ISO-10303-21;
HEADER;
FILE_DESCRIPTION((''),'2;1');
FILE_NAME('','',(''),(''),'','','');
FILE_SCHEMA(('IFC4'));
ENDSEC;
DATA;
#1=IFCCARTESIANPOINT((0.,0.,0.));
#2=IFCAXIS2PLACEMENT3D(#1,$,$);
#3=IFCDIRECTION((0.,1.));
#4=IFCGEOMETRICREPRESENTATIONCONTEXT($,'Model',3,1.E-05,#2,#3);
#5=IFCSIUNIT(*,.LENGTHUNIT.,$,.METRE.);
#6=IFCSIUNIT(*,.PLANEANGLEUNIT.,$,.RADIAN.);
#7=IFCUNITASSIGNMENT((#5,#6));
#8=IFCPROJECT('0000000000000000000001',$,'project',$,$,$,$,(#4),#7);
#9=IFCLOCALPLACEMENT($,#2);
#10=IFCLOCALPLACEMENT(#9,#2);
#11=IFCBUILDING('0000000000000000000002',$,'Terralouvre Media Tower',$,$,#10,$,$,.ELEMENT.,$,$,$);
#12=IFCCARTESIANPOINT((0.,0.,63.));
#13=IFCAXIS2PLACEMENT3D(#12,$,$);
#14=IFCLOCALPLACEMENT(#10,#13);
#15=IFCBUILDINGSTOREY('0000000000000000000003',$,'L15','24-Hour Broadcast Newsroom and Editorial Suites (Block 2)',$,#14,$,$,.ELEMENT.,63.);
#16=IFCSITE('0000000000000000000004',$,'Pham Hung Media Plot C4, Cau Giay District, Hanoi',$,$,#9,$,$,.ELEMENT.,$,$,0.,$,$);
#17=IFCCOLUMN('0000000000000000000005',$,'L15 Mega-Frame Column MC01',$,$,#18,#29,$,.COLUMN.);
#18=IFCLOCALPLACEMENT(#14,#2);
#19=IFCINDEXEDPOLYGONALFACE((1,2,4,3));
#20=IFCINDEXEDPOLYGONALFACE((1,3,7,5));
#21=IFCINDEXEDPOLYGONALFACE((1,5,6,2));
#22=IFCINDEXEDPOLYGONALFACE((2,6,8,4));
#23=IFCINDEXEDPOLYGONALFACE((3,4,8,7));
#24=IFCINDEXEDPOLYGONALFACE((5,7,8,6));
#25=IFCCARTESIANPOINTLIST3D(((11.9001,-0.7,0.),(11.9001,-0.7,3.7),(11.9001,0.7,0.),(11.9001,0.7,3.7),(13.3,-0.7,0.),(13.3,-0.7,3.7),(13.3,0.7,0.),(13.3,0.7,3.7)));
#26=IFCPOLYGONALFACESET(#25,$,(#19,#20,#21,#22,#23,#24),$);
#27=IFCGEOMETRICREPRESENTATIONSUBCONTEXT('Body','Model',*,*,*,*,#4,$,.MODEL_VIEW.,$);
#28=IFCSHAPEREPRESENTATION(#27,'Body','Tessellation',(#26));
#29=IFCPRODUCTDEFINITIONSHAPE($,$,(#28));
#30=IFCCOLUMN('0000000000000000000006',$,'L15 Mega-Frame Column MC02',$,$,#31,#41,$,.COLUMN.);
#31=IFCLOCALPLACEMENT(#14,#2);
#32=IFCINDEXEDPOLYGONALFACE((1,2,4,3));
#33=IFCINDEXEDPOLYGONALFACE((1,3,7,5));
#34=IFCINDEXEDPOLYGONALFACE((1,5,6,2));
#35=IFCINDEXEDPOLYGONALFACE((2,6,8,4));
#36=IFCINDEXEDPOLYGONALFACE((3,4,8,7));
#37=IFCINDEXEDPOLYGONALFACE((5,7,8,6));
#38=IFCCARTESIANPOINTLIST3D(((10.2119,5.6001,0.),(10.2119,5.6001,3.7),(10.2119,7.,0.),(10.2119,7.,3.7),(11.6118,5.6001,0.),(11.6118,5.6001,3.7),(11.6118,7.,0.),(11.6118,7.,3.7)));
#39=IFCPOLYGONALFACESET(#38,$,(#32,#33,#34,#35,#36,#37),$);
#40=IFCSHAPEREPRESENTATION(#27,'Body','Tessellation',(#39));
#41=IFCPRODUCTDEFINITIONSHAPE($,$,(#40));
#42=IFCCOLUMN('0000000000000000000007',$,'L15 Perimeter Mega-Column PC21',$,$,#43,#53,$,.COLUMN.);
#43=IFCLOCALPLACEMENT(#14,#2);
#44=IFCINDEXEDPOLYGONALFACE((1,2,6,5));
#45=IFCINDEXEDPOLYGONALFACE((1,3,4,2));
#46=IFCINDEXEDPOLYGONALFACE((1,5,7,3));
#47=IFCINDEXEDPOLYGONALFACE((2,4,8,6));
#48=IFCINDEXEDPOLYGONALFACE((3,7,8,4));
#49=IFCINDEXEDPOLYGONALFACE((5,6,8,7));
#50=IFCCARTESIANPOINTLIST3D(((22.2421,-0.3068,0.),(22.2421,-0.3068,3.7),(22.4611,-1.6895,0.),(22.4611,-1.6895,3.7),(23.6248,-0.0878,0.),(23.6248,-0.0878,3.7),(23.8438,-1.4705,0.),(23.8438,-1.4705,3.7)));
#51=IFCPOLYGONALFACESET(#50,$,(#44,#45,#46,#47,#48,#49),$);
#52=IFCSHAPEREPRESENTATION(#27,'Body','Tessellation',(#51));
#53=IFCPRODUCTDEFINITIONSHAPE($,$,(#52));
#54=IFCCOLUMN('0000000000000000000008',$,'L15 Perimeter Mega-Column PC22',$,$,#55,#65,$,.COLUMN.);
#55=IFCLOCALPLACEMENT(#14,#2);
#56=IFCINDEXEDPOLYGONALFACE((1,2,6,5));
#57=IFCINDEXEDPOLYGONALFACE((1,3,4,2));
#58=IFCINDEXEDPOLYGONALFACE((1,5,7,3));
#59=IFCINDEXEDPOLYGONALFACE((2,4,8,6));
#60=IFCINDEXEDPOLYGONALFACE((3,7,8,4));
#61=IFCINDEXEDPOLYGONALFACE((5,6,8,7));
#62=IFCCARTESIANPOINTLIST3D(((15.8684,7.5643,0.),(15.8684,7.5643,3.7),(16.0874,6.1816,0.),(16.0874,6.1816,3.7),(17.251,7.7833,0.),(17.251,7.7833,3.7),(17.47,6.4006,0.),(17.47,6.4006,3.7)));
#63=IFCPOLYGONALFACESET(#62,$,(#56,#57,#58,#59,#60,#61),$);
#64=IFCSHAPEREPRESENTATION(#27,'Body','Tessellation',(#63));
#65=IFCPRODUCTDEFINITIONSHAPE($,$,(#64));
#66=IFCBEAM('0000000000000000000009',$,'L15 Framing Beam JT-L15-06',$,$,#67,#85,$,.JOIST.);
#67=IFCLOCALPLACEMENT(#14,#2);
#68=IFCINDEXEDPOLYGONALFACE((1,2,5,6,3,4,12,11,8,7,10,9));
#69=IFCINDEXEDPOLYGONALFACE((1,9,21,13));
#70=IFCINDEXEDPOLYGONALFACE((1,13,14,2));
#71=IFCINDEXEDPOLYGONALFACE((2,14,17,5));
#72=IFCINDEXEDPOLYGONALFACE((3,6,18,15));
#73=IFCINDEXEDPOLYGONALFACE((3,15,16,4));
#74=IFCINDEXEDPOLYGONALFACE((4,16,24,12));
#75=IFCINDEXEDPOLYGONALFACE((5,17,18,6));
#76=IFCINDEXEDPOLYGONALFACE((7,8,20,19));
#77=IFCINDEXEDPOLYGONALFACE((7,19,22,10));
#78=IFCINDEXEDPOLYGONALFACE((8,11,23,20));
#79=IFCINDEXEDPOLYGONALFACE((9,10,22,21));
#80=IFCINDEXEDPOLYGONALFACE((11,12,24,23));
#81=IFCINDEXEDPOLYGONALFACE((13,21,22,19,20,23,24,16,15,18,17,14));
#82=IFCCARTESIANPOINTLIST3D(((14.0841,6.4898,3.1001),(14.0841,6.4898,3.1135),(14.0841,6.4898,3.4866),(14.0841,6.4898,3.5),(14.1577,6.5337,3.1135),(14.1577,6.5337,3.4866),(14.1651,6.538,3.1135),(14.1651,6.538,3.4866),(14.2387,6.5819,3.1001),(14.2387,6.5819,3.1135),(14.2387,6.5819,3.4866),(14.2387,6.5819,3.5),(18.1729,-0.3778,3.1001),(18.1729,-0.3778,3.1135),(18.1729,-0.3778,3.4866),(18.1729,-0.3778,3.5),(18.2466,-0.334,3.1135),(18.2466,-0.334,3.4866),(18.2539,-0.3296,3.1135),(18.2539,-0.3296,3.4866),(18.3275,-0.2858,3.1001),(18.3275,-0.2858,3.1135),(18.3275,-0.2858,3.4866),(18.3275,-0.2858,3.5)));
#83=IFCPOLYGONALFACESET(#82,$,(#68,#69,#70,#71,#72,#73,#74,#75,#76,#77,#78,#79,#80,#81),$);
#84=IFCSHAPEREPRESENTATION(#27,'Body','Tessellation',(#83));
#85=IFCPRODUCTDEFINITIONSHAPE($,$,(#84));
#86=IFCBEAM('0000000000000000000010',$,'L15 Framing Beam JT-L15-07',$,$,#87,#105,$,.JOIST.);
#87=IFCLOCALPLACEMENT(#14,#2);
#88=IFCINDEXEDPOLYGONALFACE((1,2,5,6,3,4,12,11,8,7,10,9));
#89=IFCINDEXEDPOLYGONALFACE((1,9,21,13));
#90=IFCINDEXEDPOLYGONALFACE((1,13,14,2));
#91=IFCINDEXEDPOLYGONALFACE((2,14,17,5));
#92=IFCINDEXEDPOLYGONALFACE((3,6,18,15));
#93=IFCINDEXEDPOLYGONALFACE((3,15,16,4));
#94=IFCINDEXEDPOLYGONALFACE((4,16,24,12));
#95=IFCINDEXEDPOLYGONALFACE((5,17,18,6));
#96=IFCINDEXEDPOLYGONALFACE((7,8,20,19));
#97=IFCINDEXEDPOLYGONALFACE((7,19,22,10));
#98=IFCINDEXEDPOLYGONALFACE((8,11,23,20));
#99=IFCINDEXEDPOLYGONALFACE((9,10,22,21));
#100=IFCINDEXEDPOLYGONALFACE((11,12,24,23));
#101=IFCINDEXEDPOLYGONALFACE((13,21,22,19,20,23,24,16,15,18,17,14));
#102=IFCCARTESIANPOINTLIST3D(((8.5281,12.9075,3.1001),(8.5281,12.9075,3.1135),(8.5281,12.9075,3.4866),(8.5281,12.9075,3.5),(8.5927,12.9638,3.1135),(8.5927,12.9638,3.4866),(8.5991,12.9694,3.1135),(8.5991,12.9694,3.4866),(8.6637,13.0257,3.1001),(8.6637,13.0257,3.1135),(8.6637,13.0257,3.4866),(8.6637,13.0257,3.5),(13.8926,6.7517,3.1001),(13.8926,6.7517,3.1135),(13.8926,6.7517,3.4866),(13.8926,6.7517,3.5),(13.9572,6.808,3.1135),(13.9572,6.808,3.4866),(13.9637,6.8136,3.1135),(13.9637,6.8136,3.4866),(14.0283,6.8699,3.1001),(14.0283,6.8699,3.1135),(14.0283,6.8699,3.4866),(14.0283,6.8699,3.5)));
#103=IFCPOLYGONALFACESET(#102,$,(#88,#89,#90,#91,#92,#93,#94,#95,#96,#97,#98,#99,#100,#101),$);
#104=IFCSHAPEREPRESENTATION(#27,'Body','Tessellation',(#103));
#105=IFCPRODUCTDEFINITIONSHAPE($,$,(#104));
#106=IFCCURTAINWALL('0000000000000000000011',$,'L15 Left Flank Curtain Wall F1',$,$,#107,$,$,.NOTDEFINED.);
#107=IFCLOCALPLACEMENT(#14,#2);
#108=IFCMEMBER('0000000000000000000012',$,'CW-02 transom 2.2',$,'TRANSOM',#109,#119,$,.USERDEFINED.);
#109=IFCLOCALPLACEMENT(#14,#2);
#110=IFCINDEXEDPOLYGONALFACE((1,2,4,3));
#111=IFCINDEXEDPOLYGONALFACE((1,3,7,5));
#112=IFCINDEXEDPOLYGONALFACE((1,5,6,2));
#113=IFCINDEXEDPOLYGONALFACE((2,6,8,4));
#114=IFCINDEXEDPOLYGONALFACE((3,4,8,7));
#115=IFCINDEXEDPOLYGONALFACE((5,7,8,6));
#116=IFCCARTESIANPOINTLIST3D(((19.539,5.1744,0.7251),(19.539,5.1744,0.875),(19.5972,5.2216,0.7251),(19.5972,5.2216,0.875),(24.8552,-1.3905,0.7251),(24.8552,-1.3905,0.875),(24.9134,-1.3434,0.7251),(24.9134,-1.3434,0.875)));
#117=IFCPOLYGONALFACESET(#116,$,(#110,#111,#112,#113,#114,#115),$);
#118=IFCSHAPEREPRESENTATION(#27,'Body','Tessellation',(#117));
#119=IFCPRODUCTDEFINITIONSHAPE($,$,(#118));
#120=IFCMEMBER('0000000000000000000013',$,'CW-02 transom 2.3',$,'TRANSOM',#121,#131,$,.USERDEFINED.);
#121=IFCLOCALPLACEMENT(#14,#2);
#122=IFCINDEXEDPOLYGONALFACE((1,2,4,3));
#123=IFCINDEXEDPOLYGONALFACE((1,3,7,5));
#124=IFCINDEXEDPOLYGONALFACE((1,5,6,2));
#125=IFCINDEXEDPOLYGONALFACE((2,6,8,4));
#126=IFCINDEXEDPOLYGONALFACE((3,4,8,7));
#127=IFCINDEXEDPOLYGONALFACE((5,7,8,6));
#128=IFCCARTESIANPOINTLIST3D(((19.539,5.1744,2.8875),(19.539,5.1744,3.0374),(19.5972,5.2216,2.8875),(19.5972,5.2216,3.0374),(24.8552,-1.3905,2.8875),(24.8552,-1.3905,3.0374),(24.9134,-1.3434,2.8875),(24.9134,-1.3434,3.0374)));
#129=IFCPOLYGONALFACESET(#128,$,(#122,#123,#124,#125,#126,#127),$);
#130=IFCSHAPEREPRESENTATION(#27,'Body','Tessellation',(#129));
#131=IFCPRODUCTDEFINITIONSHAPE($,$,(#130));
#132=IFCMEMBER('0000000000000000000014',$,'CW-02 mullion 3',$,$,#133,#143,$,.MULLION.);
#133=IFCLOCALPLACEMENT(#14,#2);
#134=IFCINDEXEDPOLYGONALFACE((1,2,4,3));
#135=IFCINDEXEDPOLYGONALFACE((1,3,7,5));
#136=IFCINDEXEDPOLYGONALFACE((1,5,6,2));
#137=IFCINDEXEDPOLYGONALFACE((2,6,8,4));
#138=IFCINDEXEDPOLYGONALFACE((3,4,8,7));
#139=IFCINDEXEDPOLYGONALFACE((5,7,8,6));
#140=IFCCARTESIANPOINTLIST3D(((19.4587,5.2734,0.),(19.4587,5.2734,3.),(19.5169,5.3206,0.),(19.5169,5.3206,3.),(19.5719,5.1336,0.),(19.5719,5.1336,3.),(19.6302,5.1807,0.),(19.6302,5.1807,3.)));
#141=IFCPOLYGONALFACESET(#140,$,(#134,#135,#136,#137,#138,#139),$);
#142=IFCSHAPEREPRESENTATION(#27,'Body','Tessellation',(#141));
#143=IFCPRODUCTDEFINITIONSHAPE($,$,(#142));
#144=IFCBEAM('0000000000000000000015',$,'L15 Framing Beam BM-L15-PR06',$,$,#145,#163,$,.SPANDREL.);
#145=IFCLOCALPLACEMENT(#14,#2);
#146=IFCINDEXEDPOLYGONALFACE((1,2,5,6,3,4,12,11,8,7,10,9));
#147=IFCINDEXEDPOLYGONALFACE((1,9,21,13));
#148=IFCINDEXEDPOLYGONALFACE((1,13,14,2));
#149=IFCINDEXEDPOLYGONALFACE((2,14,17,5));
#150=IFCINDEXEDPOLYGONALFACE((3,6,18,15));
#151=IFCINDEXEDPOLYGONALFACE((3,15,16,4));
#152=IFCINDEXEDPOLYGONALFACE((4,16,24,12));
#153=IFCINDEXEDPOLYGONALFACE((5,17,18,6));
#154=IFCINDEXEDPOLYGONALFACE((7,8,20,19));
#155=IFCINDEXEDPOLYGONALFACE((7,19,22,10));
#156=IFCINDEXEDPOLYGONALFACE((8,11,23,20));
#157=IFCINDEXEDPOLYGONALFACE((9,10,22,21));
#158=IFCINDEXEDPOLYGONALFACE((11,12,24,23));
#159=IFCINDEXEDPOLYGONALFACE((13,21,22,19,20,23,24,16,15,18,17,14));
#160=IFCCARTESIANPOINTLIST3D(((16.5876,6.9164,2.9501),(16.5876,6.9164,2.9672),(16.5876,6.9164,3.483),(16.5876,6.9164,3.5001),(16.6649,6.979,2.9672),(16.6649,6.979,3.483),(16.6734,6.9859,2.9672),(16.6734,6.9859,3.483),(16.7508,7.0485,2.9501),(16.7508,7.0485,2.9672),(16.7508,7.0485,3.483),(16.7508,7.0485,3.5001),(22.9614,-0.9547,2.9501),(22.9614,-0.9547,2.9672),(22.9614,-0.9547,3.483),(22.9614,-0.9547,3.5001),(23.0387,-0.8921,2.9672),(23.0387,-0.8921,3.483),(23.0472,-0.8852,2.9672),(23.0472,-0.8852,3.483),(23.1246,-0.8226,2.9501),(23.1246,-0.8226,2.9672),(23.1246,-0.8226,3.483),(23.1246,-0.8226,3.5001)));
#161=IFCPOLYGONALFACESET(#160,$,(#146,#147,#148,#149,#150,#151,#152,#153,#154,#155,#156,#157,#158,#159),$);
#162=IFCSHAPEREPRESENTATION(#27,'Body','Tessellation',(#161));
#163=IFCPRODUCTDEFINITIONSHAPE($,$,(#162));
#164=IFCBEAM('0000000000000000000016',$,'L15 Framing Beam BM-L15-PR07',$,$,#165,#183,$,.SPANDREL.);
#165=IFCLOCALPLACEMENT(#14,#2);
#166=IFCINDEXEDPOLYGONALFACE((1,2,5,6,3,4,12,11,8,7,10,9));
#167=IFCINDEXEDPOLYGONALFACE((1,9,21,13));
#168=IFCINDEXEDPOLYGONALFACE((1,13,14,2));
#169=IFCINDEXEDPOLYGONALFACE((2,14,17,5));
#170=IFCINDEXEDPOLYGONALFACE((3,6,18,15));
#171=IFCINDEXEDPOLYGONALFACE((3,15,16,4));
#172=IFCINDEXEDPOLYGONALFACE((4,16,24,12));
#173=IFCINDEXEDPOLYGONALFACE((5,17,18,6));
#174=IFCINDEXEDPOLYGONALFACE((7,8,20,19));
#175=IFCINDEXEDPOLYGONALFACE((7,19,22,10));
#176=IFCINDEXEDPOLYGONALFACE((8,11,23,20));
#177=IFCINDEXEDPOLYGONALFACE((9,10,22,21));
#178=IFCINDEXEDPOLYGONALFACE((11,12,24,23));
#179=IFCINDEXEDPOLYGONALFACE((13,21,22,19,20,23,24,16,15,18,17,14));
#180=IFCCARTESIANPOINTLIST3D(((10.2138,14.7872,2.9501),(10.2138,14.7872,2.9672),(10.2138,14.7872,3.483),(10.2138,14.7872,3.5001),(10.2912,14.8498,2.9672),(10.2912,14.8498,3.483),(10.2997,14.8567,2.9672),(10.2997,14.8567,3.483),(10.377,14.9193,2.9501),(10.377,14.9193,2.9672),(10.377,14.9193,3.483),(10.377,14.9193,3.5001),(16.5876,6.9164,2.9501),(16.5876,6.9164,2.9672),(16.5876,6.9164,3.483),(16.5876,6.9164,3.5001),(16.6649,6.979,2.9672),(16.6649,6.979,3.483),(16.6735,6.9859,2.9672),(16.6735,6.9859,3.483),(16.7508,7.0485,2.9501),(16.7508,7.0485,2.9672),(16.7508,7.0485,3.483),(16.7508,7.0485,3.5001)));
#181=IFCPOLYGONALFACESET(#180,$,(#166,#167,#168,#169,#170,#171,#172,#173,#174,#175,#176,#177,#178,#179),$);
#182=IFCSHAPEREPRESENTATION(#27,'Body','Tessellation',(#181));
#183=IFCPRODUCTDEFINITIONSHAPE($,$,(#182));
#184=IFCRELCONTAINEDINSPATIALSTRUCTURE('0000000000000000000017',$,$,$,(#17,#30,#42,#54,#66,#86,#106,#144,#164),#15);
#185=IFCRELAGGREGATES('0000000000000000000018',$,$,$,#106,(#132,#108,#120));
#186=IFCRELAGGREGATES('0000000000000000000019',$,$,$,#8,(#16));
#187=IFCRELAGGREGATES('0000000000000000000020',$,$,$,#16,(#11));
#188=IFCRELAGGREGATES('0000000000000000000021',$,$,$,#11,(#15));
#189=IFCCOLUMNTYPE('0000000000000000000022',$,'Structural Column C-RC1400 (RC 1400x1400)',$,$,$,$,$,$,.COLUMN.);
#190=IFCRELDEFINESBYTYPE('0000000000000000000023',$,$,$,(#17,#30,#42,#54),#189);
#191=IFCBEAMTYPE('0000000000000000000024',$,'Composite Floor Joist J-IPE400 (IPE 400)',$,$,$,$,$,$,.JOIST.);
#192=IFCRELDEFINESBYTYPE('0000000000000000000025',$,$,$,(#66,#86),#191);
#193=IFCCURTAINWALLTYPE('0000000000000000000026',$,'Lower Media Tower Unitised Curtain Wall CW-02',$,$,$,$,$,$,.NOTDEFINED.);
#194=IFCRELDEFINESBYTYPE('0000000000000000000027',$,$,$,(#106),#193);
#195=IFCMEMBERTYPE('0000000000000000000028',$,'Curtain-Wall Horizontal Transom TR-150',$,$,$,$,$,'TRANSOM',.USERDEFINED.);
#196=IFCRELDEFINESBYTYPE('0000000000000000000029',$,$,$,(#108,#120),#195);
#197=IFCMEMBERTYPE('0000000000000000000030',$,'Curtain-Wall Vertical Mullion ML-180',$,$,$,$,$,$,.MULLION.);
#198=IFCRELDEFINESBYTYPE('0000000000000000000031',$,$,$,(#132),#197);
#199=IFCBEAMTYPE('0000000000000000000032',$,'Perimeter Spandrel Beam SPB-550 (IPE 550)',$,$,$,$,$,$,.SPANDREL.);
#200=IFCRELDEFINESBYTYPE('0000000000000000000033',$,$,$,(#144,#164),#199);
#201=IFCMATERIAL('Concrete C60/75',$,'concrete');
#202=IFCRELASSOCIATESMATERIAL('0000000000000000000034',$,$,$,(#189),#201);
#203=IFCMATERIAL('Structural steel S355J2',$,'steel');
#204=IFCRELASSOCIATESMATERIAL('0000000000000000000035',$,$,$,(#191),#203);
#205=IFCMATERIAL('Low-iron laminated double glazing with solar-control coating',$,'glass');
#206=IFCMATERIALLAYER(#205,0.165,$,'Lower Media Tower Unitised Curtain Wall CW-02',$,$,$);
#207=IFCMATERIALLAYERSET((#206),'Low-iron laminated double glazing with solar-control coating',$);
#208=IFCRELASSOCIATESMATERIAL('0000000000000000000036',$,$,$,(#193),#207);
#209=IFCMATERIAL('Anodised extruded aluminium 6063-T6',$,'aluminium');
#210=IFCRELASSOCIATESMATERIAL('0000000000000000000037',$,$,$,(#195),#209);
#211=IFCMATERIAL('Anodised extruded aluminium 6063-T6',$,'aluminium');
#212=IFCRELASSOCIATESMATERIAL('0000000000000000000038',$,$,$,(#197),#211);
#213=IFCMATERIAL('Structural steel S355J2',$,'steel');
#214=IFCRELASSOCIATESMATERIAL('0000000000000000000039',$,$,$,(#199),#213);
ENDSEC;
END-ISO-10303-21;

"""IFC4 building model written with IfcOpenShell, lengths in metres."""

from ifc_helpers import new_model, si_unit, direction, frame, origin, origin_2d, place, context, subcontext, project, spatial, rectangle, i_section, extrude, material, layer, layer_set, material_profile, profile_set, type_object, element, aggregate, save


model = new_model("IFC4")

# Units and contexts
model_context = context("Model", 3, precision=1e-05, world=origin(), true_north=direction((0.0, 1.0)))
body_context = subcontext(model_context, "Body", "Model", "MODEL_VIEW")
ifc_project = project(units=[si_unit("LENGTHUNIT", "METRE"), si_unit("PLANEANGLEUNIT", "RADIAN")], contexts=[model_context])

# Site, building, storey
site_placement = place(None, origin())
site = spatial("IfcSite", under=ifc_project, at=site_placement, Name="Pham Hung Media Plot C4, Cau Giay District, Hanoi", CompositionType="ELEMENT", RefElevation=0.0)
building_placement = place(site_placement, origin())
building = spatial("IfcBuilding", under=site, at=building_placement, Name="Terralouvre Media Tower", CompositionType="ELEMENT")
storey_placement = place(building_placement, frame((0.0, 0.0, 63.0)))
storey = spatial("IfcBuildingStorey", under=building, at=storey_placement, Name="L15", Description="24-Hour Broadcast Newsroom and Editorial Suites (Block 2)", CompositionType="ELEMENT", Elevation=63.0)

# Columns
ifc_material_1 = material(Name="Concrete C60/75", Category="concrete")
ifc_material_profile_1 = material_profile(ifc_material_1, rectangle(XDim=1.3999, YDim=1.3999, at=origin_2d()), Name="RC 1400x1400")
ifc_profile_set_1 = profile_set([ifc_material_profile_1], Name="Concrete C60/75")
column_type = type_object("IfcColumnType", Name="Structural Column C-RC1400 (RC 1400x1400)", PredefinedType="COLUMN", material=ifc_profile_set_1)
for number, where, z_axis, x_axis, name in (
    (1, (12.6001, 0.0, 0.0), (0.0, 0.0, 1.0), (1.0, 0.0, 0.0), "L15 Mega-Frame Column MC01"),
    (2, (10.9119, 6.3, 0.0), (0.0, 0.0, 1.0), (1.0, 0.0, 0.0), "L15 Mega-Frame Column MC02"),
    (3, (23.043, -0.8887, 0.0), (0.0, 0.0, 1.0), (0.987688, 0.156434, 0.0), "L15 Perimeter Mega-Column PC21"),
    (4, (16.6692, 6.9824, 0.0), (0.0, 0.0, 1.0), (0.987688, 0.156434, 0.0), "L15 Perimeter Mega-Column PC22"),
):
    element("IfcColumn", number, at=place(storey_placement, frame(where, z_axis=z_axis, x_axis=x_axis)), inside=storey, type_object=column_type, Name=name, PredefinedType="COLUMN", context=body_context, shape_type="SweptSolid", body=[
        extrude(rectangle(XDim=1.3999, YDim=1.3999, at=origin_2d()), origin(), (0.0, 0.0, 1.0), 3.7),
    ])

# Beams
ifc_material_2 = material(Name="Structural steel S355J2", Category="steel")
ifc_material_profile_2 = material_profile(ifc_material_2, i_section(OverallWidth=0.1799, OverallDepth=0.3999, WebThickness=0.0085, FlangeThickness=0.0134, at=origin_2d()), Name="IPE 400")
ifc_profile_set_2 = profile_set([ifc_material_profile_2], Name="Structural steel S355J2")
beam_type_1 = type_object("IfcBeamType", Name="Composite Floor Joist J-IPE400 (IPE 400)", PredefinedType="JOIST", material=ifc_profile_set_2)
beam_1_placement = place(storey_placement, frame((18.2502, -0.3318, 3.3), z_axis=(-0.511573, 0.85924, 0.0), x_axis=(-0.85924, -0.511573, 0.0)))
element("IfcBeam", 5, at=beam_1_placement, inside=storey, type_object=beam_type_1, Name="L15 Framing Beam JT-L15-06", PredefinedType="JOIST", context=body_context, shape_type="SweptSolid", body=[
    extrude(i_section(OverallWidth=0.1799, OverallDepth=0.3999, WebThickness=0.0085, FlangeThickness=0.0134, at=origin_2d()), origin(), (0.0, 0.0, 1.0), 7.9927),
])
beam_2_placement = place(storey_placement, frame((13.9604, 6.8108, 3.3), z_axis=(-0.656992, 0.753898, 0.0), x_axis=(-0.753898, -0.656992, 0.0)))
element("IfcBeam", 6, at=beam_2_placement, inside=storey, type_object=beam_type_1, Name="L15 Framing Beam JT-L15-07", PredefinedType="JOIST", context=body_context, shape_type="SweptSolid", body=[
    extrude(i_section(OverallWidth=0.1799, OverallDepth=0.3999, WebThickness=0.0085, FlangeThickness=0.0134, at=origin_2d()), origin(), (0.0, 0.0, 1.0), 8.1653),
])

# Curtain wall, members
ifc_material_3 = material(Name="Low-iron laminated double glazing with solar-control coating", Category="glass")
ifc_layer_1 = layer(ifc_material_3, 0.165, Name="Lower Media Tower Unitised Curtain Wall CW-02")
ifc_layer_set_1 = layer_set([ifc_layer_1], Name="Low-iron laminated double glazing with solar-control coating")
curtain_wall_type = type_object("IfcCurtainWallType", Name="Lower Media Tower Unitised Curtain Wall CW-02", PredefinedType="NOTDEFINED", material=ifc_layer_set_1)
curtain_wall_placement = place(storey_placement, origin())
curtain_wall = element("IfcCurtainWall", 7, at=curtain_wall_placement, inside=storey, type_object=curtain_wall_type, Name="L15 Left Flank Curtain Wall F1", PredefinedType="NOTDEFINED")
ifc_material_4 = material(Name="Anodised extruded aluminium 6063-T6", Category="aluminium")
ifc_material_profile_3 = material_profile(ifc_material_4, rectangle(XDim=0.075, YDim=0.1499, at=origin_2d()), Name="ALU 75x150")
ifc_profile_set_3 = profile_set([ifc_material_profile_3], Name="Anodised extruded aluminium 6063-T6")
member_type_1 = type_object("IfcMemberType", Name="Curtain-Wall Horizontal Transom TR-150", ElementType="TRANSOM", PredefinedType="USERDEFINED", material=ifc_profile_set_3)
member_1_placement = place(storey_placement, frame((24.8843, -1.3669, 0.8), z_axis=(-0.629319, 0.777147, 0.0), x_axis=(-0.777147, -0.629319, 0.0)))
member_1 = element("IfcMember", 8, at=member_1_placement, type_object=member_type_1, Name="CW-02 transom 2.2", ObjectType="TRANSOM", PredefinedType="USERDEFINED", context=body_context, shape_type="SweptSolid", body=[
    extrude(rectangle(XDim=0.075, YDim=0.1499, at=origin_2d()), origin(), (0.0, 0.0, 1.0), 8.4475),
])
member_2_placement = place(storey_placement, frame((24.8843, -1.3669, 2.9624), z_axis=(-0.629319, 0.777147, 0.0), x_axis=(-0.777147, -0.629319, 0.0)))
member_2 = element("IfcMember", 9, at=member_2_placement, type_object=member_type_1, Name="CW-02 transom 2.3", ObjectType="TRANSOM", PredefinedType="USERDEFINED", context=body_context, shape_type="SweptSolid", body=[
    extrude(rectangle(XDim=0.075, YDim=0.1499, at=origin_2d()), origin(), (0.0, 0.0, 1.0), 8.4475),
])
ifc_material_5 = material(Name="Anodised extruded aluminium 6063-T6", Category="aluminium")
ifc_material_profile_4 = material_profile(ifc_material_5, rectangle(XDim=0.075, YDim=0.1799, at=origin_2d()), Name="ALU 75x180")
ifc_profile_set_4 = profile_set([ifc_material_profile_4], Name="Anodised extruded aluminium 6063-T6")
member_type_2 = type_object("IfcMemberType", Name="Curtain-Wall Vertical Mullion ML-180", PredefinedType="MULLION", material=ifc_profile_set_4)
member_3_placement = place(storey_placement, frame((19.5444, 5.2271, 0.0), z_axis=(0.0, 0.0, 1.0), x_axis=(-0.777146, -0.62932, 0.0)))
member_3 = element("IfcMember", 10, at=member_3_placement, type_object=member_type_2, Name="CW-02 mullion 3", PredefinedType="MULLION", context=body_context, shape_type="SweptSolid", body=[
    extrude(rectangle(XDim=0.075, YDim=0.1799, at=origin_2d()), origin(), (0.0, 0.0, 1.0), 3.0),
])

# Beams
ifc_material_6 = material(Name="Structural steel S355J2", Category="steel")
ifc_material_profile_5 = material_profile(ifc_material_6, i_section(OverallWidth=0.21, OverallDepth=0.55, WebThickness=0.011, FlangeThickness=0.0171, at=origin_2d()), Name="IPE 550")
ifc_profile_set_5 = profile_set([ifc_material_profile_5], Name="Structural steel S355J2")
beam_type_2 = type_object("IfcBeamType", Name="Perimeter Spandrel Beam SPB-550 (IPE 550)", PredefinedType="SPANDREL", material=ifc_profile_set_5)
beam_3_placement = place(storey_placement, frame((23.043, -0.8887, 3.2251), z_axis=(-0.629314, 0.777151, 0.0), x_axis=(-0.777151, -0.629314, 0.0)))
element("IfcBeam", 11, at=beam_3_placement, inside=storey, type_object=beam_type_2, Name="L15 Framing Beam BM-L15-PR06", PredefinedType="SPANDREL", context=body_context, shape_type="SweptSolid", body=[
    extrude(i_section(OverallWidth=0.21, OverallDepth=0.55, WebThickness=0.011, FlangeThickness=0.0171, at=origin_2d()), origin(), (0.0, 0.0, 1.0), 10.1282),
])
beam_4_placement = place(storey_placement, frame((16.6692, 6.9824, 3.2251), z_axis=(-0.629326, 0.777142, 0.0), x_axis=(-0.777142, -0.629326, 0.0)))
element("IfcBeam", 12, at=beam_4_placement, inside=storey, type_object=beam_type_2, Name="L15 Framing Beam BM-L15-PR07", PredefinedType="SPANDREL", context=body_context, shape_type="SweptSolid", body=[
    extrude(i_section(OverallWidth=0.21, OverallDepth=0.55, WebThickness=0.011, FlangeThickness=0.0171, at=origin_2d()), origin(), (0.0, 0.0, 1.0), 10.1279),
])

aggregate(curtain_wall, [member_3, member_1, member_2])

save(model, "model.ifc")
